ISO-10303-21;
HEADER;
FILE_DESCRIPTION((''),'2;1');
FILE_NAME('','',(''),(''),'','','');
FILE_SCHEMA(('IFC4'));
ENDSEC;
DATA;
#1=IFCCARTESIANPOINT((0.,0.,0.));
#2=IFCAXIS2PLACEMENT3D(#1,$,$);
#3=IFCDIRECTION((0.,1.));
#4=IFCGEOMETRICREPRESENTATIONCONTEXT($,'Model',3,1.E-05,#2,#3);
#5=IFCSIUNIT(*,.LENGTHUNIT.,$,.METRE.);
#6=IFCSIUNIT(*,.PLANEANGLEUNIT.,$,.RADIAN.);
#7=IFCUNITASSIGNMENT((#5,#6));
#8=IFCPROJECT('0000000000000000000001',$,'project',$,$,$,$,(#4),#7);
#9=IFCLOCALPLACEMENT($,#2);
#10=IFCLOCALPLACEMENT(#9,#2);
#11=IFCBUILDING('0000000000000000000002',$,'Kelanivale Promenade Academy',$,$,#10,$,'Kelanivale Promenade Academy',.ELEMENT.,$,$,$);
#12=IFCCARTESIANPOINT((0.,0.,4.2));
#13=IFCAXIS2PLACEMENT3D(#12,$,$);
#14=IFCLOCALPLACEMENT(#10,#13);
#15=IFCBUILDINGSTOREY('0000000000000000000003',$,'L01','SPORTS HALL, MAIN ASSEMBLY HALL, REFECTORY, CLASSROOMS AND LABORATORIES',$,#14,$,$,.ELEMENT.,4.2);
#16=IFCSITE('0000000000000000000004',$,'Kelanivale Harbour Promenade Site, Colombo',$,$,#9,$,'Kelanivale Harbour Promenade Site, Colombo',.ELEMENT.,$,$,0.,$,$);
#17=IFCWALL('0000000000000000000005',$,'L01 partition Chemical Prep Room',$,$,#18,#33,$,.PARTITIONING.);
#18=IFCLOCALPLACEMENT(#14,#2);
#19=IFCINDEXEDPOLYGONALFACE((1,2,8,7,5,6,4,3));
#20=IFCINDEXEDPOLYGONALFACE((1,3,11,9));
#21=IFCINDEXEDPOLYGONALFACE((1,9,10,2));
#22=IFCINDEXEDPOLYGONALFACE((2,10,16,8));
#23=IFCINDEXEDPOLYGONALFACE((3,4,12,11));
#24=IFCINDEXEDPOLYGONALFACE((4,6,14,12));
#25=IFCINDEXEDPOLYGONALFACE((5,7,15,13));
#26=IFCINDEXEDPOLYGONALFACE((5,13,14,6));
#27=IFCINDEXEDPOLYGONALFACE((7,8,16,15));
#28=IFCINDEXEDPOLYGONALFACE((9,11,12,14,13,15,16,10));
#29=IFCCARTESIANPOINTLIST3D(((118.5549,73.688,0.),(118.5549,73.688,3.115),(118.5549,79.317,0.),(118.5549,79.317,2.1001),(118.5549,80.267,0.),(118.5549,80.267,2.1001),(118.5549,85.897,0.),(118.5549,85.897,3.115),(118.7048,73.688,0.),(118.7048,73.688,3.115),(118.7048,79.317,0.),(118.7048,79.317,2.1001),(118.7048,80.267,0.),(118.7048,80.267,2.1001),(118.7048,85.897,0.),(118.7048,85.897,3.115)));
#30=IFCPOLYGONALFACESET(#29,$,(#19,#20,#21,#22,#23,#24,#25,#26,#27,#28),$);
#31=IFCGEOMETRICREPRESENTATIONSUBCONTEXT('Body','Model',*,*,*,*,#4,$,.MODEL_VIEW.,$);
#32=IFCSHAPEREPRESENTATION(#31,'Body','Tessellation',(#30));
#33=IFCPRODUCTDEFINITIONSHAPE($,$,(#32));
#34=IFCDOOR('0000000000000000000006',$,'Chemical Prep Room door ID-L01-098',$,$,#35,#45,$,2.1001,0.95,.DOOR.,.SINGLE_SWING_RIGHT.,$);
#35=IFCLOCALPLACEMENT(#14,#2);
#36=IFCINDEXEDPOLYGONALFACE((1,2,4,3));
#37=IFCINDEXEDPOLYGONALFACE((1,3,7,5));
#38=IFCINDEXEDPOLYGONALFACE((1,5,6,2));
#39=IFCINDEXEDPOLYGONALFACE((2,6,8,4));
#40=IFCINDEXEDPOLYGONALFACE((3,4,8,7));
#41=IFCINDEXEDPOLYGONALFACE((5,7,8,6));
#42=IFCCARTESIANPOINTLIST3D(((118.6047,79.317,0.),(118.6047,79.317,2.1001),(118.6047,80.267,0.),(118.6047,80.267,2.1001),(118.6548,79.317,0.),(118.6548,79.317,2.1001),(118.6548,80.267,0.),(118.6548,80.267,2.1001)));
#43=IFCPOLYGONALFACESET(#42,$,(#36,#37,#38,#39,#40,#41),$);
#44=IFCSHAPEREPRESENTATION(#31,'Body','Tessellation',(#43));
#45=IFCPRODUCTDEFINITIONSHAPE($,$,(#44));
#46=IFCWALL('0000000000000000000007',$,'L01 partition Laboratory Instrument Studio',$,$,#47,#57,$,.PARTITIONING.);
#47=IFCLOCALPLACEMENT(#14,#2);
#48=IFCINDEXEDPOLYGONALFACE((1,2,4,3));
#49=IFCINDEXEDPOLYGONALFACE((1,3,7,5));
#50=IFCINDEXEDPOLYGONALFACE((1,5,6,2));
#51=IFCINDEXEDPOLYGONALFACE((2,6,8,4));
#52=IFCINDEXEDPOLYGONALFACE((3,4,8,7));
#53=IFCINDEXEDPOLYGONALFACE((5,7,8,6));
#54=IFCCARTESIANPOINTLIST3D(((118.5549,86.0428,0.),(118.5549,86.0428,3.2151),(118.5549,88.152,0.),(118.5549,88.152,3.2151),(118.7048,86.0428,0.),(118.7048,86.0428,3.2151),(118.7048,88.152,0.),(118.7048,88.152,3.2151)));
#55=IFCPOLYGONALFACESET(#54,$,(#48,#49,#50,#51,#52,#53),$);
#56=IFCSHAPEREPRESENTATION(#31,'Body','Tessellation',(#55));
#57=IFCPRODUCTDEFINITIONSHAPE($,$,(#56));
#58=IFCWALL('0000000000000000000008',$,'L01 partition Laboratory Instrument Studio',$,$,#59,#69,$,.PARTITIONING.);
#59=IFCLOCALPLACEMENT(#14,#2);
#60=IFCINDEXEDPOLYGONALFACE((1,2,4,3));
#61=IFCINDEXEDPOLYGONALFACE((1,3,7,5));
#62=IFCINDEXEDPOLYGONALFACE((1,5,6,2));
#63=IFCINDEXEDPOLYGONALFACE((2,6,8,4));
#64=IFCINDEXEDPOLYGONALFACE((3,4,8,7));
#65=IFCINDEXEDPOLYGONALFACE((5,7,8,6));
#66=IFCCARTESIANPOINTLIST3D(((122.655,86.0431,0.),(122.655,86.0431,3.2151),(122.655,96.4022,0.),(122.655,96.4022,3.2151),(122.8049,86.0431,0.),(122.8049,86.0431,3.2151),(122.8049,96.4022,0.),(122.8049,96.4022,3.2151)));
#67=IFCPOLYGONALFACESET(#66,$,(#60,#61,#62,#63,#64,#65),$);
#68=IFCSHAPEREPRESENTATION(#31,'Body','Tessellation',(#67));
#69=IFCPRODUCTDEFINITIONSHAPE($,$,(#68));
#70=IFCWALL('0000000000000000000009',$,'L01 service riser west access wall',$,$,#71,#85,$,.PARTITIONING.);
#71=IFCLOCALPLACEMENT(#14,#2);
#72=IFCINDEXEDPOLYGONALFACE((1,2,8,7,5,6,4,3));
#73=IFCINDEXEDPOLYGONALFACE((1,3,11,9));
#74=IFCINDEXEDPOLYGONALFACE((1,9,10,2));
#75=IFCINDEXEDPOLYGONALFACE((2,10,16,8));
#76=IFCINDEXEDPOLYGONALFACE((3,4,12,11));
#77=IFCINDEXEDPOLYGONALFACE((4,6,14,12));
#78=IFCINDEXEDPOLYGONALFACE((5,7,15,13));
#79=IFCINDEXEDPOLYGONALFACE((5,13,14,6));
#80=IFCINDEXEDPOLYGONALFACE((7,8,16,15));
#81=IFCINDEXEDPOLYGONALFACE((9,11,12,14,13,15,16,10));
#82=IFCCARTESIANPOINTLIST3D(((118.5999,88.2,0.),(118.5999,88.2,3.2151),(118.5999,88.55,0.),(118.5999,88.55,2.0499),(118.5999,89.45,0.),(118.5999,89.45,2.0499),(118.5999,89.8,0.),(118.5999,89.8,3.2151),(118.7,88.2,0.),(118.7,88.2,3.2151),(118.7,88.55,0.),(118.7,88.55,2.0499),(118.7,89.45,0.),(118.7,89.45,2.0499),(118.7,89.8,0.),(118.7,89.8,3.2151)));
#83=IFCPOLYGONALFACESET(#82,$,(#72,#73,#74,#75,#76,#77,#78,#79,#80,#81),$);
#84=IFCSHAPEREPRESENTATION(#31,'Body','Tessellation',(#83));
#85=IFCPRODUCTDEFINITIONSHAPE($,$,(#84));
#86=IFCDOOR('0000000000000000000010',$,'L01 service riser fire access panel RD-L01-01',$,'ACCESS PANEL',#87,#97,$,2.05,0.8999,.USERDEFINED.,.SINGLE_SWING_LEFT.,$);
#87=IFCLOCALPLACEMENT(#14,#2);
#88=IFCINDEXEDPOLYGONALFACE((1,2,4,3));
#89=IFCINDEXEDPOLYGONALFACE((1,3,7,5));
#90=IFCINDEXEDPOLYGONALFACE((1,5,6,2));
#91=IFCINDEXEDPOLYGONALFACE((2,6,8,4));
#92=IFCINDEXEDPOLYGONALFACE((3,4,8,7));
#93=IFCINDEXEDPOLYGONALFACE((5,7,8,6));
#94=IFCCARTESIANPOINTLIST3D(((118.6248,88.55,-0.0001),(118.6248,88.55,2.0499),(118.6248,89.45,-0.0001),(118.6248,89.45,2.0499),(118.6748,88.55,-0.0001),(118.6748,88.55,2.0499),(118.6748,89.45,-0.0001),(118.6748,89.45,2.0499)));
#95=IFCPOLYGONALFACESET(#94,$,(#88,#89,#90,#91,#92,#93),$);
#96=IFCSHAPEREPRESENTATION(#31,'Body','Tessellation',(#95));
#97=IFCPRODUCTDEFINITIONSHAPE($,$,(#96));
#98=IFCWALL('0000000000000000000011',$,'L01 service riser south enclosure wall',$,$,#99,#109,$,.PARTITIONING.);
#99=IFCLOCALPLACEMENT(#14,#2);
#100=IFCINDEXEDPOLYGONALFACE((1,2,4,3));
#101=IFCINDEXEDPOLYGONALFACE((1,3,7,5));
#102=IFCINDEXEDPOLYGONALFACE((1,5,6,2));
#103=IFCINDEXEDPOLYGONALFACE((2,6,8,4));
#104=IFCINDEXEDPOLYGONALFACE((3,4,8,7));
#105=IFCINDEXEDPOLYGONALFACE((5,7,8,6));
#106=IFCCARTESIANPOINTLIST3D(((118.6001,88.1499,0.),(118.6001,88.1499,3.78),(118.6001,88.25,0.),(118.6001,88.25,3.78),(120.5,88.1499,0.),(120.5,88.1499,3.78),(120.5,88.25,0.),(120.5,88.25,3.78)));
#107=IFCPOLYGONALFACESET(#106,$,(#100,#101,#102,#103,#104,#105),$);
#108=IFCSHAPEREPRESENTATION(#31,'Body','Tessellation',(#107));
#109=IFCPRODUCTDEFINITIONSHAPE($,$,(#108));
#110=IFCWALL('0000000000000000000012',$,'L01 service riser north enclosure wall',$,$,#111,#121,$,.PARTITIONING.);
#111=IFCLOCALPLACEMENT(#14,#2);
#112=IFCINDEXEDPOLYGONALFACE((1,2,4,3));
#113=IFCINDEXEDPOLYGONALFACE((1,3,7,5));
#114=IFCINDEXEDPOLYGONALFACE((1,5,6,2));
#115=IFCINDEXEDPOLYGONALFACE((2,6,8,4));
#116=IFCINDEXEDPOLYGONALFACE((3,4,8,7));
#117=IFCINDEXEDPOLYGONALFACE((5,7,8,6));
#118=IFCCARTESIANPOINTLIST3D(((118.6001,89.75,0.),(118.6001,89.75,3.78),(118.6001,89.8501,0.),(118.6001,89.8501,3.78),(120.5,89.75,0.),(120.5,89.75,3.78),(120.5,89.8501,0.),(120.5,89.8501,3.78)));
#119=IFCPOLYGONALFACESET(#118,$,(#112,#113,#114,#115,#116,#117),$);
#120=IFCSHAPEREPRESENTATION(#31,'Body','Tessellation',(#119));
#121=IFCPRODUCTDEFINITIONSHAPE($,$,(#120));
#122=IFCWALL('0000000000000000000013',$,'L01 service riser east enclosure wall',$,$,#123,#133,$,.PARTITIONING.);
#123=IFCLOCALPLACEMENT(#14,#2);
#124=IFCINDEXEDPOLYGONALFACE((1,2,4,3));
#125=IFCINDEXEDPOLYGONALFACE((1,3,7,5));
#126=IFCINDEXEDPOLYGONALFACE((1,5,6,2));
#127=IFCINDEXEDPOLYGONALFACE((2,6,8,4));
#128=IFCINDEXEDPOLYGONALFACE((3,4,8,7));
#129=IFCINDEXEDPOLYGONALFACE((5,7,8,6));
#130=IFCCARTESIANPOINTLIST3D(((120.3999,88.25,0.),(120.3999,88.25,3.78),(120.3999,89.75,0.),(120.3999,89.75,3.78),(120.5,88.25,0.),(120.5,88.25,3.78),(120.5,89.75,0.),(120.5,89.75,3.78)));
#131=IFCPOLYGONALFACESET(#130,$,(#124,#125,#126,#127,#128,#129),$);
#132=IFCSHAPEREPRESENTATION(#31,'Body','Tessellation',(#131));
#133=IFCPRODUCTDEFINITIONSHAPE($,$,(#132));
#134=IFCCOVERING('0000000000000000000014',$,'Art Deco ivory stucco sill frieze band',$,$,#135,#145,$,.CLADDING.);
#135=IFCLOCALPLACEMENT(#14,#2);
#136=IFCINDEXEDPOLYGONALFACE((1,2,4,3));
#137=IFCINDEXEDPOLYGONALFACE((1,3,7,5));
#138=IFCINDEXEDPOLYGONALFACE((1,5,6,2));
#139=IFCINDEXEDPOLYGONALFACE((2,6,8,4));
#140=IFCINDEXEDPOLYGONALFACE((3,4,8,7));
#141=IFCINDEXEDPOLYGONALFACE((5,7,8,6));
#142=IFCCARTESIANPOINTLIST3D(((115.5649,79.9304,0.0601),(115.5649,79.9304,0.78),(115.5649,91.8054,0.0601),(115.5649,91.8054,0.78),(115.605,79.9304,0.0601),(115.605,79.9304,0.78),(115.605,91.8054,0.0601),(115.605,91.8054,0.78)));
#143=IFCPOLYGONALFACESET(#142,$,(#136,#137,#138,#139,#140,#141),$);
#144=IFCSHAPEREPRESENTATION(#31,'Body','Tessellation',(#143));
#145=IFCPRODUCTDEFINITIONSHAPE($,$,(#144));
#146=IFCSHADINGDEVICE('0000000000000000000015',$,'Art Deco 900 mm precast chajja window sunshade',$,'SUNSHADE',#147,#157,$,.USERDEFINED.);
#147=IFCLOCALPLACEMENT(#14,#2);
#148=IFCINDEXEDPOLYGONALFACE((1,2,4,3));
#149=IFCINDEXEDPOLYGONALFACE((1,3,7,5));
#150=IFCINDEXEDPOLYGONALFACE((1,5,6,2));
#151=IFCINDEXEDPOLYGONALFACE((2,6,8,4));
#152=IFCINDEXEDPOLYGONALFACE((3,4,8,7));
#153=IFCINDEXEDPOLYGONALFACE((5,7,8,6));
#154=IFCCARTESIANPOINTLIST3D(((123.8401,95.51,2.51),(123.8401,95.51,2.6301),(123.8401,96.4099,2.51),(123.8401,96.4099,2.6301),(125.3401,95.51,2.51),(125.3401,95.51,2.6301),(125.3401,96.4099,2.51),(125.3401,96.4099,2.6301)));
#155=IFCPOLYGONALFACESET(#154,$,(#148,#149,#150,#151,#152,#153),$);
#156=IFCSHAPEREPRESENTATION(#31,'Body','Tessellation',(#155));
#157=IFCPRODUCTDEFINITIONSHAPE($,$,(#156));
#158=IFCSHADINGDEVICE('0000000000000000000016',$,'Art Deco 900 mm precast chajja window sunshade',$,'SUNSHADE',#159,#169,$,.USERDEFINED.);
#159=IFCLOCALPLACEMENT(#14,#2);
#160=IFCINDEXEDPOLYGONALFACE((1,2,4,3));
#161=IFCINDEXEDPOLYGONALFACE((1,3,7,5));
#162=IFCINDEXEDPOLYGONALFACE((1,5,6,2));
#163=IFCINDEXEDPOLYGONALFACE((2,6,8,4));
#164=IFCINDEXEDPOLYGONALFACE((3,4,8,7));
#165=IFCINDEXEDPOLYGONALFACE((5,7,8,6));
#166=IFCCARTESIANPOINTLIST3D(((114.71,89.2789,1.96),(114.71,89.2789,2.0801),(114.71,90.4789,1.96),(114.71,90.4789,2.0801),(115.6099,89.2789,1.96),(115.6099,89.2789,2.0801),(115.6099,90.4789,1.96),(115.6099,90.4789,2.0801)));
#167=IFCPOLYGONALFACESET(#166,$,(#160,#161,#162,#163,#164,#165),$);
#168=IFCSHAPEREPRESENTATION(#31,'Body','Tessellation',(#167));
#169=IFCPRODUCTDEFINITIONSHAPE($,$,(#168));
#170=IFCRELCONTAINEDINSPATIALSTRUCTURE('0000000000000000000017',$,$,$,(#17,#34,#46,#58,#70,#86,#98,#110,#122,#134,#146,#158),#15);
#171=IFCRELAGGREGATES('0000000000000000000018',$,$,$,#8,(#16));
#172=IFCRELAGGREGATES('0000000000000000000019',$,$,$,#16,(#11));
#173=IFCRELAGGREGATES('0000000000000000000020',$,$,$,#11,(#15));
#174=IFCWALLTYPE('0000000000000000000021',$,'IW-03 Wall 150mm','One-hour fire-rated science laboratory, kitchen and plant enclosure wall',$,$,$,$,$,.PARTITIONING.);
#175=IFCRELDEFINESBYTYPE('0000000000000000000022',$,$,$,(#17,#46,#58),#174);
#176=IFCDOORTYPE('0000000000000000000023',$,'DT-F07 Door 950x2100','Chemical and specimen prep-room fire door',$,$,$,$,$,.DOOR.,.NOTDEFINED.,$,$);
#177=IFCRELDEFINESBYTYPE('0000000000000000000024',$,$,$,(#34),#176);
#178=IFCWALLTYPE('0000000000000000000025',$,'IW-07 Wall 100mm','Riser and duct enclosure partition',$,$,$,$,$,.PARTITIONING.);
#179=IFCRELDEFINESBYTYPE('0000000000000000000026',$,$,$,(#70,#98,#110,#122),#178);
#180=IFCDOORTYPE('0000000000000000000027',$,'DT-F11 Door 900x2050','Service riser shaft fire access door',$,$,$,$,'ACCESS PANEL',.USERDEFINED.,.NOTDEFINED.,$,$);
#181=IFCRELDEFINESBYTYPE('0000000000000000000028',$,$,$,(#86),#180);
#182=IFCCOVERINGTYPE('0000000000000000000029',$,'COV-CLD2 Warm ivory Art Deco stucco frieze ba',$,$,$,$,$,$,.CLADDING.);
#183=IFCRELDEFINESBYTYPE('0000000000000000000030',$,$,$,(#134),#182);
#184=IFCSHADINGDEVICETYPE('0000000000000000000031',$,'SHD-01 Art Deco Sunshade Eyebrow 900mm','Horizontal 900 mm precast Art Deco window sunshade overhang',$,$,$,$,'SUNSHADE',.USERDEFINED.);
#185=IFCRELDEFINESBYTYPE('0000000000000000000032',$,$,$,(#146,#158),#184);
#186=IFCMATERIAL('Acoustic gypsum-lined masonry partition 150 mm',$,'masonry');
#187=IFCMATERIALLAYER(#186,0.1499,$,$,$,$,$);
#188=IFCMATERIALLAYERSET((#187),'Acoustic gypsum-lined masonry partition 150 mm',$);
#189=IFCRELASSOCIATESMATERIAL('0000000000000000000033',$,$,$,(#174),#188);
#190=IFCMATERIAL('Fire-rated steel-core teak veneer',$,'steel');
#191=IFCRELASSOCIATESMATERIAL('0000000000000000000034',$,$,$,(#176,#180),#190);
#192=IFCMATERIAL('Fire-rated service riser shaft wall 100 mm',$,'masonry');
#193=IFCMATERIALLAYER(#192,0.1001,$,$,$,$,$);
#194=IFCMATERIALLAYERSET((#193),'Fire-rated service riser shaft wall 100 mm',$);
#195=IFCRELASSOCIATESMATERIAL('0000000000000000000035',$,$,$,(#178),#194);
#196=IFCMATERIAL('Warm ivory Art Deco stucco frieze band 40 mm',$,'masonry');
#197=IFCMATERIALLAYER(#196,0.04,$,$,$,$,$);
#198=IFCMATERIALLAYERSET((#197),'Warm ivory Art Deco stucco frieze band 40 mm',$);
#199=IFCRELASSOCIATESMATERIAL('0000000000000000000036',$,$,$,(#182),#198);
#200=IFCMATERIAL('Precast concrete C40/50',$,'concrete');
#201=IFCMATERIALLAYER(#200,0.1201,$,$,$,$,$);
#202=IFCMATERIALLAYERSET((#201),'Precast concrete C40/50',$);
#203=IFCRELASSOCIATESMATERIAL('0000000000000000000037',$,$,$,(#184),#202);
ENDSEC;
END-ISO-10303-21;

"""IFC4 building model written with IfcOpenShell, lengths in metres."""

from ifc_helpers import new_model, si_unit, direction, frame, frame_2d, origin, origin_2d, place, context, subcontext, project, spatial, rectangle, extrude, material, layer, layer_set, type_object, element, fill, save


model = new_model("IFC4")

# Units and contexts
model_context = context("Model", 3, precision=1e-05, world=origin(), true_north=direction((0.0, 1.0)))
body_context = subcontext(model_context, "Body", "Model", "MODEL_VIEW")
ifc_project = project(units=[si_unit("LENGTHUNIT", "METRE"), si_unit("PLANEANGLEUNIT", "RADIAN")], contexts=[model_context])

# Site, building, storey
site_placement = place(None, origin())
site = spatial("IfcSite", under=ifc_project, at=site_placement, Name="Kelanivale Harbour Promenade Site, Colombo", LongName="Kelanivale Harbour Promenade Site, Colombo", CompositionType="ELEMENT", RefElevation=0.0)
building_placement = place(site_placement, origin())
building = spatial("IfcBuilding", under=site, at=building_placement, Name="Kelanivale Promenade Academy", LongName="Kelanivale Promenade Academy", CompositionType="ELEMENT")
storey_placement = place(building_placement, frame((0.0, 0.0, 4.2)))
storey = spatial("IfcBuildingStorey", under=building, at=storey_placement, Name="L01", Description="SPORTS HALL, MAIN ASSEMBLY HALL, REFECTORY, CLASSROOMS AND LABORATORIES", CompositionType="ELEMENT", Elevation=4.2)

# Shared definitions
ifc_material_1 = material(Name="Acoustic gypsum-lined masonry partition 150 mm", Category="masonry")
ifc_layer_1 = layer(ifc_material_1, 0.1499)
ifc_layer_set_1 = layer_set([ifc_layer_1], Name="Acoustic gypsum-lined masonry partition 150 mm")
wall_type_1 = type_object("IfcWallType", Name="IW-03 Wall 150mm", Description="One-hour fire-rated science laboratory, kitchen and plant enclosure wall", PredefinedType="PARTITIONING", material=ifc_layer_set_1)

# Wall, opening, door
wall_1_placement = place(storey_placement, frame((118.6299, 85.897, 0.0), z_axis=(0.0, 0.0, 1.0), x_axis=(0.0, -1.0, 0.0)))
wall_1 = element("IfcWall", 1, at=wall_1_placement, inside=storey, type_object=wall_type_1, Name="L01 partition Chemical Prep Room", PredefinedType="PARTITIONING", context=body_context, shape_type="SweptSolid", body=[
    extrude(rectangle(XDim=12.209, YDim=0.1499, at=frame_2d((6.1045, 0.0))), origin(), (0.0, 0.0, 1.0), 3.115),
])
opening_1_placement = place(wall_1_placement, frame((5.6299, 0.0, 0.0)))
opening_1 = element("IfcOpeningElement", 2, at=opening_1_placement, cuts=wall_1, PredefinedType="OPENING", context=body_context, shape_type="SweptSolid", body=[
    extrude(rectangle(XDim=0.95, YDim=2.1001, at=frame_2d((0.4751, 1.05))), frame((0.0, 0.085, 0.0), z_axis=(0.0, -1.0, 0.0), x_axis=(1.0, 0.0, 0.0)), (0.0, 0.0, 1.0), 0.1699),
])
ifc_material_2 = material(Name="Fire-rated steel-core teak veneer", Category="steel")
door_type_1 = type_object("IfcDoorType", Name="DT-F07 Door 950x2100", Description="Chemical and specimen prep-room fire door", OperationType="NOTDEFINED", PredefinedType="DOOR", material=ifc_material_2)
door_1_placement = place(opening_1_placement, origin())
door_1 = element("IfcDoor", 3, at=door_1_placement, inside=storey, type_object=door_type_1, Name="Chemical Prep Room door ID-L01-098", OperationType="SINGLE_SWING_RIGHT", OverallHeight=2.1001, OverallWidth=0.95, PredefinedType="DOOR", context=body_context, shape_type="SweptSolid", body=[
    extrude(rectangle(XDim=0.95, YDim=2.1001, at=frame_2d((0.4751, 1.05))), frame((0.0, 0.0249, 0.0), z_axis=(0.0, -1.0, 0.0), x_axis=(1.0, 0.0, 0.0)), (0.0, 0.0, 1.0), 0.05),
])
fill(opening_1, door_1)

# Walls
wall_2_placement = place(storey_placement, frame((118.6299, 88.1521, 0.0), z_axis=(0.0, 0.0, 1.0), x_axis=(0.0, -1.0, 0.0)))
element("IfcWall", 4, at=wall_2_placement, inside=storey, type_object=wall_type_1, Name="L01 partition Laboratory Instrument Studio", PredefinedType="PARTITIONING", context=body_context, shape_type="SweptSolid", body=[
    extrude(rectangle(XDim=2.1091, YDim=0.1499, at=frame_2d((1.0547, 0.0))), origin(), (0.0, 0.0, 1.0), 3.2151),
])
wall_3_placement = place(storey_placement, frame((122.73, 86.043, 0.0), z_axis=(0.0, 0.0, 1.0), x_axis=(0.0, 1.0, 0.0)))
element("IfcWall", 5, at=wall_3_placement, inside=storey, type_object=wall_type_1, Name="L01 partition Laboratory Instrument Studio", PredefinedType="PARTITIONING", context=body_context, shape_type="SweptSolid", body=[
    extrude(rectangle(XDim=10.3591, YDim=0.1499, at=frame_2d((5.1797, 0.0))), origin(), (0.0, 0.0, 1.0), 3.2151),
])

# Wall, opening, door
ifc_material_3 = material(Name="Fire-rated service riser shaft wall 100 mm", Category="masonry")
ifc_layer_2 = layer(ifc_material_3, 0.1001)
ifc_layer_set_2 = layer_set([ifc_layer_2], Name="Fire-rated service riser shaft wall 100 mm")
wall_type_2 = type_object("IfcWallType", Name="IW-07 Wall 100mm", Description="Riser and duct enclosure partition", PredefinedType="PARTITIONING", material=ifc_layer_set_2)
wall_4_placement = place(storey_placement, frame((118.6499, 88.2, 0.0), z_axis=(0.0, 0.0, 1.0), x_axis=(0.0, 1.0, 0.0)))
wall_4 = element("IfcWall", 6, at=wall_4_placement, inside=storey, type_object=wall_type_2, Name="L01 service riser west access wall", PredefinedType="PARTITIONING", context=body_context, shape_type="SweptSolid", body=[
    extrude(rectangle(XDim=1.6001, YDim=0.1001, at=frame_2d((0.8, 0.0))), origin(), (0.0, 0.0, 1.0), 3.2151),
])
opening_2_placement = place(wall_4_placement, frame((0.3501, 0.0, 0.0)))
opening_2 = element("IfcOpeningElement", 7, at=opening_2_placement, cuts=wall_4, PredefinedType="OPENING", context=body_context, shape_type="SweptSolid", body=[
    extrude(rectangle(XDim=0.8999, YDim=2.05, at=frame_2d((0.45, 1.0249))), frame((0.0, 0.0601, 0.0), z_axis=(0.0, -1.0, 0.0), x_axis=(1.0, 0.0, 0.0)), (0.0, 0.0, 1.0), 0.1201),
])
door_type_2 = type_object("IfcDoorType", Name="DT-F11 Door 900x2050", Description="Service riser shaft fire access door", ElementType="ACCESS PANEL", OperationType="NOTDEFINED", PredefinedType="USERDEFINED", material=ifc_material_2)
door_2_placement = place(opening_2_placement, frame((0.8999, 0.0, 0.0), z_axis=(0.0, 0.0, 1.0), x_axis=(-1.0, 0.0, 0.0)))
door_2 = element("IfcDoor", 8, at=door_2_placement, inside=storey, type_object=door_type_2, Name="L01 service riser fire access panel RD-L01-01", ObjectType="ACCESS PANEL", OperationType="SINGLE_SWING_LEFT", OverallHeight=2.05, OverallWidth=0.8999, PredefinedType="USERDEFINED", context=body_context, shape_type="SweptSolid", body=[
    extrude(rectangle(XDim=0.8999, YDim=2.05, at=frame_2d((0.45, 1.0249))), frame((0.0, 0.0249, 0.0), z_axis=(0.0, -1.0, 0.0), x_axis=(1.0, 0.0, 0.0)), (0.0, 0.0, 1.0), 0.05),
])
fill(opening_2, door_2)

# Walls
for number, where, z_axis, x_axis, name in (
    (9, (118.6001, 88.2, 0.0), (0.0, 0.0, 1.0), (1.0, 0.0, 0.0), "L01 service riser south enclosure wall"),
    (10, (118.6001, 89.8, 0.0), (0.0, 0.0, 1.0), (1.0, 0.0, 0.0), "L01 service riser north enclosure wall"),
):
    element("IfcWall", number, at=place(storey_placement, frame(where, z_axis=z_axis, x_axis=x_axis)), inside=storey, type_object=wall_type_2, Name=name, PredefinedType="PARTITIONING", context=body_context, shape_type="SweptSolid", body=[
        extrude(rectangle(XDim=1.8999, YDim=0.1001, at=frame_2d((0.95, 0.0))), origin(), (0.0, 0.0, 1.0), 3.78),
    ])
wall_5_placement = place(storey_placement, frame((120.45, 88.25, 0.0), z_axis=(0.0, 0.0, 1.0), x_axis=(0.0, 1.0, 0.0)))
element("IfcWall", 11, at=wall_5_placement, inside=storey, type_object=wall_type_2, Name="L01 service riser east enclosure wall", PredefinedType="PARTITIONING", context=body_context, shape_type="SweptSolid", body=[
    extrude(rectangle(XDim=1.5, YDim=0.1001, at=frame_2d((0.75, 0.0))), origin(), (0.0, 0.0, 1.0), 3.78),
])

# Covering
ifc_material_4 = material(Name="Warm ivory Art Deco stucco frieze band 40 mm", Category="masonry")
ifc_layer_3 = layer(ifc_material_4, 0.04)
ifc_layer_set_3 = layer_set([ifc_layer_3], Name="Warm ivory Art Deco stucco frieze band 40 mm")
covering_type = type_object("IfcCoveringType", Name="COV-CLD2 Warm ivory Art Deco stucco frieze ba", PredefinedType="CLADDING", material=ifc_layer_set_3)
covering_placement = place(storey_placement, frame((115.585, 85.8679, 0.0601), z_axis=(0.0, 0.0, 1.0), x_axis=(0.0, -1.0, 0.0)))
element("IfcCovering", 12, at=covering_placement, inside=storey, type_object=covering_type, Name="Art Deco ivory stucco sill frieze band", PredefinedType="CLADDING", context=body_context, shape_type="SweptSolid", body=[
    extrude(rectangle(XDim=11.875, YDim=0.04, at=origin_2d()), origin(), (0.0, 0.0, 1.0), 0.72),
])

# Shading devices
ifc_material_5 = material(Name="Precast concrete C40/50", Category="concrete")
ifc_layer_4 = layer(ifc_material_5, 0.1201)
ifc_layer_set_4 = layer_set([ifc_layer_4], Name="Precast concrete C40/50")
shading_device_type_1 = type_object("IfcShadingDeviceType", Name="SHD-01 Art Deco Sunshade Eyebrow 900mm", Description="Horizontal 900 mm precast Art Deco window sunshade overhang", ElementType="SUNSHADE", PredefinedType="USERDEFINED", material=ifc_layer_set_4)
shading_device_1_placement = place(storey_placement, frame((124.5901, 95.96, 2.51), z_axis=(0.0, 0.0, 1.0), x_axis=(1.0, 0.0, 0.0)))
element("IfcShadingDevice", 13, at=shading_device_1_placement, inside=storey, type_object=shading_device_type_1, Name="Art Deco 900 mm precast chajja window sunshade", ObjectType="SUNSHADE", PredefinedType="USERDEFINED", context=body_context, shape_type="SweptSolid", body=[
    extrude(rectangle(XDim=1.5, YDim=0.8999, at=origin_2d()), origin(), (0.0, 0.0, 1.0), 0.1201),
])
shading_device_2_placement = place(storey_placement, frame((115.1599, 89.8789, 1.96), z_axis=(0.0, 0.0, 1.0), x_axis=(0.0, -1.0, 0.0)))
element("IfcShadingDevice", 14, at=shading_device_2_placement, inside=storey, type_object=shading_device_type_1, Name="Art Deco 900 mm precast chajja window sunshade", ObjectType="SUNSHADE", PredefinedType="USERDEFINED", context=body_context, shape_type="SweptSolid", body=[
    extrude(rectangle(XDim=1.2, YDim=0.8999, at=origin_2d()), origin(), (0.0, 0.0, 1.0), 0.1201),
])

save(model, "model.ifc")
